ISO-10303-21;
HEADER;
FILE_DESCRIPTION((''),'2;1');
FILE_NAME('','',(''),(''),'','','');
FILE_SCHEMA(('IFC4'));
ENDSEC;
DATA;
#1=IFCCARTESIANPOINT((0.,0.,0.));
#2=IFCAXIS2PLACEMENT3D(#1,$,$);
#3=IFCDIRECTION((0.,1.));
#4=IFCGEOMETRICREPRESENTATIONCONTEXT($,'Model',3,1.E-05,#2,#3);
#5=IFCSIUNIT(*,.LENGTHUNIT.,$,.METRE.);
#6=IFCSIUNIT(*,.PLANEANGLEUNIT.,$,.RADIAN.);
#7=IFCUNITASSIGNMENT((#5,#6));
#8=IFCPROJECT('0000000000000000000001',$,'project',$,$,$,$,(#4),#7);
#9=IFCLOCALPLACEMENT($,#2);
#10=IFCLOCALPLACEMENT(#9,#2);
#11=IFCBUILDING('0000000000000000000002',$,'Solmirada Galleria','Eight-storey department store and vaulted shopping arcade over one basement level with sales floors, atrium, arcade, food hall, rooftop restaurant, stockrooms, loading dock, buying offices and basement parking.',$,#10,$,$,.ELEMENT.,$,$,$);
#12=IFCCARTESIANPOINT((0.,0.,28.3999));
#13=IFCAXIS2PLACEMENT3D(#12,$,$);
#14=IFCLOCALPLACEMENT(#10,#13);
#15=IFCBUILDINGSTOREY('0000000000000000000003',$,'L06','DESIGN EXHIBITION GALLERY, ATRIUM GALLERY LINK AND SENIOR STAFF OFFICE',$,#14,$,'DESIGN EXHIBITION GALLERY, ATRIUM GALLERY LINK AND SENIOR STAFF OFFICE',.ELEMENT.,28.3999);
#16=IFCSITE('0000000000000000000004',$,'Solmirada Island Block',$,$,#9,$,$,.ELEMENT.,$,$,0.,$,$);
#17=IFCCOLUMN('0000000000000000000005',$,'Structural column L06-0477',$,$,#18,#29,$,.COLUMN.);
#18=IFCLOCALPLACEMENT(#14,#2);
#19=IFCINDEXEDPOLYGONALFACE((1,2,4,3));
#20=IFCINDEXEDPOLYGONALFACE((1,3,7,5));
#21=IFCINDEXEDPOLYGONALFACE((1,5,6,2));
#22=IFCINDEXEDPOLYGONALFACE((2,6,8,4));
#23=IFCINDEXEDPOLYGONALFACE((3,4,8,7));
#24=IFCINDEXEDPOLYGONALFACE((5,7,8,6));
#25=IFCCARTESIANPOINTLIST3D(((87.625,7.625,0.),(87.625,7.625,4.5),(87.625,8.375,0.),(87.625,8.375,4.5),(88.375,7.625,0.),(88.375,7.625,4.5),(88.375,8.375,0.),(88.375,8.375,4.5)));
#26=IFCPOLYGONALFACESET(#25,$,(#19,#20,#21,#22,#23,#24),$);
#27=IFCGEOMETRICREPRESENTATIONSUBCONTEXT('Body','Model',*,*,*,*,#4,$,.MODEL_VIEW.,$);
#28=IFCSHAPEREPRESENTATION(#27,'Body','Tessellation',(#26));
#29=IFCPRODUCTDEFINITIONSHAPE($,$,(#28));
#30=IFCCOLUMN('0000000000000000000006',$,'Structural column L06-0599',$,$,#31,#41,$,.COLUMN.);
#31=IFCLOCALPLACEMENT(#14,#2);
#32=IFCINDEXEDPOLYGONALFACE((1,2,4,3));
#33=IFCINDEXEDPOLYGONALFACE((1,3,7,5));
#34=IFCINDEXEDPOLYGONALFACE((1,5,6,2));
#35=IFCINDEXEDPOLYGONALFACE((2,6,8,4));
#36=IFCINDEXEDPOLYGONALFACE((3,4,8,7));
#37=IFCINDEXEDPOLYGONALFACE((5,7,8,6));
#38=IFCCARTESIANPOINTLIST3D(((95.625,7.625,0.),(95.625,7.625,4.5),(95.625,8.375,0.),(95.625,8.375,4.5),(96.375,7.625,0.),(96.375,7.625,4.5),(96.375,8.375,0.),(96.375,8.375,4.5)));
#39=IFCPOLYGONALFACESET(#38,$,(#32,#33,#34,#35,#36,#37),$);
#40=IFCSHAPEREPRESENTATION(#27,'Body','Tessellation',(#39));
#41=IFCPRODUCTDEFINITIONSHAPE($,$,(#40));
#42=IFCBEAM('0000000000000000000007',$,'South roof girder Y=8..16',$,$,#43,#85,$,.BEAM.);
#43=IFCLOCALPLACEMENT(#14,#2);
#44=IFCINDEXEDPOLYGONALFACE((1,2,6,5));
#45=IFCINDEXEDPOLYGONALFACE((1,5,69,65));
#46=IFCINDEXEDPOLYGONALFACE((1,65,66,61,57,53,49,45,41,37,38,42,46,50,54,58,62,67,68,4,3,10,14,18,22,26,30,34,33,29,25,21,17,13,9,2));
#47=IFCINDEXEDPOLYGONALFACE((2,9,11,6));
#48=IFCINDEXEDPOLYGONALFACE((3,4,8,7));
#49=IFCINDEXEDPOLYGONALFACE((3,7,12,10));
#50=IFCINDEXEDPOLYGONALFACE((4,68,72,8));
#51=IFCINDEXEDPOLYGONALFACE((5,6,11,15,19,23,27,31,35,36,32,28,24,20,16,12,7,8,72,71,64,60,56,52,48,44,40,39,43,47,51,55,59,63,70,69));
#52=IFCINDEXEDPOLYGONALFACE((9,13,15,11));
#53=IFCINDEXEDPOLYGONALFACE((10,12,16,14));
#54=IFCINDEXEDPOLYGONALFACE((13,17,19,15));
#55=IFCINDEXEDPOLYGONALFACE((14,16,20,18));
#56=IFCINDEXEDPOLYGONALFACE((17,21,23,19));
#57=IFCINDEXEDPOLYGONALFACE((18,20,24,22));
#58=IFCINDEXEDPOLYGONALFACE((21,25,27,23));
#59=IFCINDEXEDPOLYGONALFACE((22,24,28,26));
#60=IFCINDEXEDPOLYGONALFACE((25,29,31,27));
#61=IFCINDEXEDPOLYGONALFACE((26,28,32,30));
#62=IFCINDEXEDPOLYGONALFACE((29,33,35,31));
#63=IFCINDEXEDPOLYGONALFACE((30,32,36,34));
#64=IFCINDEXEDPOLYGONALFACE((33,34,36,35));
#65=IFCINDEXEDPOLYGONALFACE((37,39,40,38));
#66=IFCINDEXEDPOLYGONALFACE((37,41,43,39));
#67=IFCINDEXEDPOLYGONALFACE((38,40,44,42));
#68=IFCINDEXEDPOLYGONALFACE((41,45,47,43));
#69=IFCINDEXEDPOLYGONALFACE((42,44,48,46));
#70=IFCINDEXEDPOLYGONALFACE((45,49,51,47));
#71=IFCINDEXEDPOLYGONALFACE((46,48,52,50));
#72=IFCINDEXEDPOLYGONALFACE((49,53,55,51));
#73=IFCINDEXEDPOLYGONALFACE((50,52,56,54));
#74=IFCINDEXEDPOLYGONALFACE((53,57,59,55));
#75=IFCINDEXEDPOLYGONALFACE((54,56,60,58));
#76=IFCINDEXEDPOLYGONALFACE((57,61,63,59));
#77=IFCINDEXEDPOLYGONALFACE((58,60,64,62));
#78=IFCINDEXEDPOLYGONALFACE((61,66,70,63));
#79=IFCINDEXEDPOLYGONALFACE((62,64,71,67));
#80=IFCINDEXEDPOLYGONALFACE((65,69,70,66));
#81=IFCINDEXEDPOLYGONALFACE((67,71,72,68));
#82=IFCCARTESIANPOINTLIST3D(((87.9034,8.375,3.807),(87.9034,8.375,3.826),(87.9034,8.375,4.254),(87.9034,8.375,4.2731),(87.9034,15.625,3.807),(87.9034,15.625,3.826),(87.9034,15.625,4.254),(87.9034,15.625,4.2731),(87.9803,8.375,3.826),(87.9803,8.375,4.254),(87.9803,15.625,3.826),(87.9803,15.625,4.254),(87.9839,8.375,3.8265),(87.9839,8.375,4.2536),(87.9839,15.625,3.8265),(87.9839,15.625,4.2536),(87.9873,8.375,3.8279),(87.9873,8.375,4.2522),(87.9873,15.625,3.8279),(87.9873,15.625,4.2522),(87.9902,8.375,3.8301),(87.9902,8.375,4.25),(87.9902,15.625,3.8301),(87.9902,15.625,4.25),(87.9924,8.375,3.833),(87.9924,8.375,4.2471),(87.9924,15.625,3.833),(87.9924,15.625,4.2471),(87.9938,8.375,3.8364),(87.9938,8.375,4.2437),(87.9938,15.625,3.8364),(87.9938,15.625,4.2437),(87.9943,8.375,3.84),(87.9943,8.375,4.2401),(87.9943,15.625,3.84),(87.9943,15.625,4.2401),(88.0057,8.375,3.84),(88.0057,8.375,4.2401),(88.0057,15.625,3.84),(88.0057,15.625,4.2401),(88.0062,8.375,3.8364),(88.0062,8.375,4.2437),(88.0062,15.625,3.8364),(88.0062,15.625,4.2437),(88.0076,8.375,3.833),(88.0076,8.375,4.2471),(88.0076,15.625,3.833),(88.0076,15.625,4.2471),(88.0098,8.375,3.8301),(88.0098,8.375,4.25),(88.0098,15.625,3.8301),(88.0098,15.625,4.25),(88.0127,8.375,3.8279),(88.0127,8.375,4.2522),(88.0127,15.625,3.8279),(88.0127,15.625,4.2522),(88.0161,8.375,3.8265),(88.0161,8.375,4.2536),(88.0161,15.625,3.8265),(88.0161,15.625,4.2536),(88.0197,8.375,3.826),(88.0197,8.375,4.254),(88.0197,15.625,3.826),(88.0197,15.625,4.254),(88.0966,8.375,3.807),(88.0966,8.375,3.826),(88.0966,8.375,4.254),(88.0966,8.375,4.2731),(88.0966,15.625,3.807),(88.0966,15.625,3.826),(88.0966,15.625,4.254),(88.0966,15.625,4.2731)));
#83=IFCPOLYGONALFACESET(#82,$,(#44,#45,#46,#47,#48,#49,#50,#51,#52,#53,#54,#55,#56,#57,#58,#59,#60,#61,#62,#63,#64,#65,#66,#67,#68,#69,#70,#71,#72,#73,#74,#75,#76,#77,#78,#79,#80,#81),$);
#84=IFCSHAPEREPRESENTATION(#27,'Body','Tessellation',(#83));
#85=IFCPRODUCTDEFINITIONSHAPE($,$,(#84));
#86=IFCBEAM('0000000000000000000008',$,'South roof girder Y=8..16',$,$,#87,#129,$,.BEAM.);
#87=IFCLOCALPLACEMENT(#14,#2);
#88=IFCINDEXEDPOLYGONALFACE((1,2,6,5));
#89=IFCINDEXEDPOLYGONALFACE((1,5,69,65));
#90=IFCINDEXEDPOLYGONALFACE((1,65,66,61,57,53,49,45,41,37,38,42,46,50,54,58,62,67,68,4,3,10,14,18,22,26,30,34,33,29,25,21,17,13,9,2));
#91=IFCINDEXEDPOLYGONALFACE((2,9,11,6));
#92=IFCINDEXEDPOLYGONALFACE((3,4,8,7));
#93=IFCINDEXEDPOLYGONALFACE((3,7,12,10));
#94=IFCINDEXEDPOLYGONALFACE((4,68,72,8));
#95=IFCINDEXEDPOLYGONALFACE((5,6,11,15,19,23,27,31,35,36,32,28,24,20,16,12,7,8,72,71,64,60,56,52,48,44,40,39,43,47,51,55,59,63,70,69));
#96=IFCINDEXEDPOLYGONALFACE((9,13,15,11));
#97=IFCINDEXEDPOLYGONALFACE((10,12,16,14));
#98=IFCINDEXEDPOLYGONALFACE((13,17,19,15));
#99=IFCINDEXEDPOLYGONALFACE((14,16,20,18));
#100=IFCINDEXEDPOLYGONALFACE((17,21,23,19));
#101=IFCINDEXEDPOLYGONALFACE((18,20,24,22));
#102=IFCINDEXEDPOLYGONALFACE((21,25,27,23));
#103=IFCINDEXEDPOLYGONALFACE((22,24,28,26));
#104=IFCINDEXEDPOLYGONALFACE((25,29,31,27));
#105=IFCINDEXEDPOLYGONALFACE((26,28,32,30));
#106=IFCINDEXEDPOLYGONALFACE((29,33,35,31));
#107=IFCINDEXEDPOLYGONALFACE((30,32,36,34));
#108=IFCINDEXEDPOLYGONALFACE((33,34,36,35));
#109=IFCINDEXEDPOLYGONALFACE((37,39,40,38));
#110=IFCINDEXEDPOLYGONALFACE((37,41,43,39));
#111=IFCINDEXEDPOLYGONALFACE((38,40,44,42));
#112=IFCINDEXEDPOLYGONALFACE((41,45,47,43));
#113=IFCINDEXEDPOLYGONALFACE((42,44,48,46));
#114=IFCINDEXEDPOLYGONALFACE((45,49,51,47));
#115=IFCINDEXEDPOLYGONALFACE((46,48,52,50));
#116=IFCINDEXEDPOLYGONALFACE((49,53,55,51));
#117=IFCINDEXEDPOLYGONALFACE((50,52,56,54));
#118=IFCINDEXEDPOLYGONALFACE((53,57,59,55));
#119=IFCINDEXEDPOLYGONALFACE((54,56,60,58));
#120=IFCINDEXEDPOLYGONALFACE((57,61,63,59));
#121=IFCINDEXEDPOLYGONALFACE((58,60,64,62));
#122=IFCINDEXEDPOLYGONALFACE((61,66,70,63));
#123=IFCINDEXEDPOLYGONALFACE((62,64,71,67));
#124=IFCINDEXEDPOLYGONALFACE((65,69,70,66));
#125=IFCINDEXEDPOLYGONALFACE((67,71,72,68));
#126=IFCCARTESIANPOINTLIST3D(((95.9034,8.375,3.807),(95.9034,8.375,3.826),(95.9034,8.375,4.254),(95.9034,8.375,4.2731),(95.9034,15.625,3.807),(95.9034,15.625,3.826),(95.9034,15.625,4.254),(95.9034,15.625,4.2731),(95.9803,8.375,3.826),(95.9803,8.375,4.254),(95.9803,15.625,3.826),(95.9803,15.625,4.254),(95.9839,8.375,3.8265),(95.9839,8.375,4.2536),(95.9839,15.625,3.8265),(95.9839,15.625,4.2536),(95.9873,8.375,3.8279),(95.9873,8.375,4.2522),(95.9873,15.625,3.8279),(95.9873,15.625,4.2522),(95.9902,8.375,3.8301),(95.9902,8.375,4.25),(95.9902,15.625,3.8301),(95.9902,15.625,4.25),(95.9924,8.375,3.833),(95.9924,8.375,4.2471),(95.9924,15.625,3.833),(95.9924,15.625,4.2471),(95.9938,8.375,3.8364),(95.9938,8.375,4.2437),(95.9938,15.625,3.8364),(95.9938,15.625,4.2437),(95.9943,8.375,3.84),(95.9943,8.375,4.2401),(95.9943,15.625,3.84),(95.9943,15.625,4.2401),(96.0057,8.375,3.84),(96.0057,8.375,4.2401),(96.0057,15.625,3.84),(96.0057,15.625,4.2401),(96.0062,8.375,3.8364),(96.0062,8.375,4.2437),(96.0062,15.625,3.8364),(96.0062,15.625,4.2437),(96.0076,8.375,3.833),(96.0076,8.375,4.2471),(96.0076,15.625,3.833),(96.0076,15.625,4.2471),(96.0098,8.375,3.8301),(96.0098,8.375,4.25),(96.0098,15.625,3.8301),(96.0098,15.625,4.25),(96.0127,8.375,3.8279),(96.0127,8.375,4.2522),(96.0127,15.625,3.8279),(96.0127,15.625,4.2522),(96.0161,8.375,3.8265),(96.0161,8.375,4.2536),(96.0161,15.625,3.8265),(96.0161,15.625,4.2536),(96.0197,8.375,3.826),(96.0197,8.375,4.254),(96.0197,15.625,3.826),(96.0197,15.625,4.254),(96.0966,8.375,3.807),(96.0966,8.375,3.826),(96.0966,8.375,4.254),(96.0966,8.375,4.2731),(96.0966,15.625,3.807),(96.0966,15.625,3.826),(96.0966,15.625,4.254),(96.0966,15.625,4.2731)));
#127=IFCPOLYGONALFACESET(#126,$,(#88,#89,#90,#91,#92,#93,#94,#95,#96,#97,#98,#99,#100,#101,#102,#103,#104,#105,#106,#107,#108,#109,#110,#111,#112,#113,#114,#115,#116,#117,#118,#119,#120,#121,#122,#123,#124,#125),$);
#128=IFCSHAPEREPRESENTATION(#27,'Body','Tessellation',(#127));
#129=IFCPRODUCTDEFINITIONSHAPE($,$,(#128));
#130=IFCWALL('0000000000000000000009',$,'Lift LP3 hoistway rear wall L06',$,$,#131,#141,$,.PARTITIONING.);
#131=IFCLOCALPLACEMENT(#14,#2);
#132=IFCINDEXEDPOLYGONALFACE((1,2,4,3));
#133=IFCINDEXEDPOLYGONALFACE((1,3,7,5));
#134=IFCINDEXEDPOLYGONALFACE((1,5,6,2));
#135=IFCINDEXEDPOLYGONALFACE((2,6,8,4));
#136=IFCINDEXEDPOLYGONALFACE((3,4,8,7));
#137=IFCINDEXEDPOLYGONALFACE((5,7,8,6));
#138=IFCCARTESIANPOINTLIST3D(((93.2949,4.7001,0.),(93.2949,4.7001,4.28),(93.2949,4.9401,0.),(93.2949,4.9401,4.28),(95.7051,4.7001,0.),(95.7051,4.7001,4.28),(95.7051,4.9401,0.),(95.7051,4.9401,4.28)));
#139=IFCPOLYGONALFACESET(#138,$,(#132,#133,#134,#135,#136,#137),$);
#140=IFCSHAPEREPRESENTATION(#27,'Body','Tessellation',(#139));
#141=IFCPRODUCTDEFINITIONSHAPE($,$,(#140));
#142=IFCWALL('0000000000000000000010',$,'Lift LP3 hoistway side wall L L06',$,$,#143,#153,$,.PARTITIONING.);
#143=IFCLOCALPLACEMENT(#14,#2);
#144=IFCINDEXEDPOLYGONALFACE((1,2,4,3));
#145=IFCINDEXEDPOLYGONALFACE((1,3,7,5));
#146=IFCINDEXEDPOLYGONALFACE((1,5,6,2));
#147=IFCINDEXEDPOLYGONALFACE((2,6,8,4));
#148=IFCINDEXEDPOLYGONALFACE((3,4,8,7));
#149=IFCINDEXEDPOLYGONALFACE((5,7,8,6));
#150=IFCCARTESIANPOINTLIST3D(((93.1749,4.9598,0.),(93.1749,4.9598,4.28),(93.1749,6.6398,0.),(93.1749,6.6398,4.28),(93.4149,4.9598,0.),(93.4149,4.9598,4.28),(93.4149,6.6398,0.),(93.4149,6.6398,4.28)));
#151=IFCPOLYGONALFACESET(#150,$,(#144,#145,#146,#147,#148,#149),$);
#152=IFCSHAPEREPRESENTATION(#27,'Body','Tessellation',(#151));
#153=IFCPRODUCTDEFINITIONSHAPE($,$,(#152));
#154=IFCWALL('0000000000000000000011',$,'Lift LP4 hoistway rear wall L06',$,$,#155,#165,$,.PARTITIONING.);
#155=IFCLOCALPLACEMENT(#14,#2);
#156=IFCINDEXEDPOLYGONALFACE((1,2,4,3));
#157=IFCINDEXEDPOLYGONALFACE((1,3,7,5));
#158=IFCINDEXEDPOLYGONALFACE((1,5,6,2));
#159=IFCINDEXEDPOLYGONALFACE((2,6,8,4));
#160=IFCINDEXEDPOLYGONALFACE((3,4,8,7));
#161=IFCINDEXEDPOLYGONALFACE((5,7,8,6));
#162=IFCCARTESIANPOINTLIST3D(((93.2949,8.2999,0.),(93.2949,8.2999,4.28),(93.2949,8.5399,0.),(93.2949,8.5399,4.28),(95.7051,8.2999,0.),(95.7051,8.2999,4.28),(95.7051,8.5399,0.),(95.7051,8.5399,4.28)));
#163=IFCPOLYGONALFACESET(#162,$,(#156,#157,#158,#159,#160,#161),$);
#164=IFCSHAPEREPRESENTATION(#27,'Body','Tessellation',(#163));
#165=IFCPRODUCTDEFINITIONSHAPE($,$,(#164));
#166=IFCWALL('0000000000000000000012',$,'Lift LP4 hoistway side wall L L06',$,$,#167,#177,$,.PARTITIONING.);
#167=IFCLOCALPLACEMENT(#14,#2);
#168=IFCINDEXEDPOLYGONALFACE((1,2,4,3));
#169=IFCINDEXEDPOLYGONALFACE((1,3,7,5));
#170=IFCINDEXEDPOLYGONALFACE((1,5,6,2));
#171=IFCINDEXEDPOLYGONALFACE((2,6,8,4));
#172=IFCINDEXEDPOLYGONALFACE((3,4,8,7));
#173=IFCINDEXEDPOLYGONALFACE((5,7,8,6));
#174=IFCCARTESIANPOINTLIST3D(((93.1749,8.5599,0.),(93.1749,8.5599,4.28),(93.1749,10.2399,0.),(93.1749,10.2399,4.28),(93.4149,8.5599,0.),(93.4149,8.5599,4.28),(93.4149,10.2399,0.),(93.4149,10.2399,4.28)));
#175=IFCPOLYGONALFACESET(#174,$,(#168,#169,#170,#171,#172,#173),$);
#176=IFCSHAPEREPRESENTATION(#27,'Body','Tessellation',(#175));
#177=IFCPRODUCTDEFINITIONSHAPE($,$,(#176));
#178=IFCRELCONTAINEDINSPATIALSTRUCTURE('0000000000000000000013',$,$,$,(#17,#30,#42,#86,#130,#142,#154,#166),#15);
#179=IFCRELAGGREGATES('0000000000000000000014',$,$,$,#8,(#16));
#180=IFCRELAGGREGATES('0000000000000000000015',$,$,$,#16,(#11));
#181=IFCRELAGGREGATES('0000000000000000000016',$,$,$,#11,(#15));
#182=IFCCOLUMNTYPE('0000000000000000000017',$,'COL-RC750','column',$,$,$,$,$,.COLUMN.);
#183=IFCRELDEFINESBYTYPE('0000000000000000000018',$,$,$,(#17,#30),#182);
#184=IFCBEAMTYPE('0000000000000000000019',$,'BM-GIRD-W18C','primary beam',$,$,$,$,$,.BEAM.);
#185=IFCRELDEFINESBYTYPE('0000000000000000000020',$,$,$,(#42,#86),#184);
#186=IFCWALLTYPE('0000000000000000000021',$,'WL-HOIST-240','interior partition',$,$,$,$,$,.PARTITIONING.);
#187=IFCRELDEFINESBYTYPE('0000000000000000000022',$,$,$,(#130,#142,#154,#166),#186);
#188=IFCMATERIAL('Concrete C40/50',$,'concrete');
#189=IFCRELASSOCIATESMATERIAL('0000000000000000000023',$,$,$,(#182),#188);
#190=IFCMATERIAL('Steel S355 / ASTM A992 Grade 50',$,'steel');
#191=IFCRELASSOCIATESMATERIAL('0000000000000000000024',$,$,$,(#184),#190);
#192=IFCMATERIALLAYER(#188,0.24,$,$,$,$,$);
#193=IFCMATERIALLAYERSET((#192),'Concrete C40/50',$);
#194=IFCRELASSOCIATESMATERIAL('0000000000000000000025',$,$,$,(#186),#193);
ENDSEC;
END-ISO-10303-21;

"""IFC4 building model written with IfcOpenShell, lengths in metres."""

from ifc_helpers import new_model, si_unit, direction, frame, frame_2d, origin, origin_2d, place, context, subcontext, project, spatial, rectangle, i_section, extrude, material, layer, layer_set, material_profile, profile_set, type_object, element, save


model = new_model("IFC4")

# Units and contexts
model_context = context("Model", 3, precision=1e-05, world=origin(), true_north=direction((0.0, 1.0)))
body_context = subcontext(model_context, "Body", "Model", "MODEL_VIEW")
ifc_project = project(units=[si_unit("LENGTHUNIT", "METRE"), si_unit("PLANEANGLEUNIT", "RADIAN")], contexts=[model_context])

# Site, building, storey
site_placement = place(None, origin())
site = spatial("IfcSite", under=ifc_project, at=site_placement, Name="Solmirada Island Block", CompositionType="ELEMENT", RefElevation=0.0)
building_placement = place(site_placement, origin())
building = spatial("IfcBuilding", under=site, at=building_placement, Name="Solmirada Galleria", Description="Eight-storey department store and vaulted shopping arcade over one basement level with sales floors, atrium, arcade, food hall, rooftop restaurant, stockrooms, loading dock, buying offices and basement parking.", CompositionType="ELEMENT")
storey_placement = place(building_placement, frame((0.0, 0.0, 28.3999)))
storey = spatial("IfcBuildingStorey", under=building, at=storey_placement, Name="L06", Description="DESIGN EXHIBITION GALLERY, ATRIUM GALLERY LINK AND SENIOR STAFF OFFICE", LongName="DESIGN EXHIBITION GALLERY, ATRIUM GALLERY LINK AND SENIOR STAFF OFFICE", CompositionType="ELEMENT", Elevation=28.3999)

# Columns
ifc_material_1 = material(Name="Concrete C40/50", Category="concrete")
ifc_material_profile_1 = material_profile(ifc_material_1, rectangle(XDim=0.75, YDim=0.75, at=origin_2d()), Name="RC750X750")
ifc_profile_set_1 = profile_set([ifc_material_profile_1], Name="Concrete C40/50")
column_type = type_object("IfcColumnType", Name="COL-RC750", Description="column", PredefinedType="COLUMN", material=ifc_profile_set_1)
for number, where, z_axis, x_axis, name in (
    (1, (88.0, 8.0, 0.0), (0.0, 0.0, 1.0), (1.0, 0.0, 0.0), "Structural column L06-0477"),
    (2, (96.0, 8.0, 0.0), (0.0, 0.0, 1.0), (1.0, 0.0, 0.0), "Structural column L06-0599"),
):
    element("IfcColumn", number, at=place(storey_placement, frame(where, z_axis=z_axis, x_axis=x_axis)), inside=storey, type_object=column_type, Name=name, PredefinedType="COLUMN", context=body_context, shape_type="SweptSolid", body=[
        extrude(rectangle(XDim=0.75, YDim=0.75, at=origin_2d()), origin(), (0.0, 0.0, 1.0), 4.5),
    ])

# Beams
ifc_material_2 = material(Name="Steel S355 / ASTM A992 Grade 50", Category="steel")
ifc_material_profile_2 = material_profile(ifc_material_2, i_section(OverallWidth=0.1931, OverallDepth=0.4661, WebThickness=0.0115, FlangeThickness=0.019, FilletRadius=0.0139, at=origin_2d()), Name="W18X65")
ifc_profile_set_2 = profile_set([ifc_material_profile_2], Name="Steel S355 / ASTM A992 Grade 50")
beam_type = type_object("IfcBeamType", Name="BM-GIRD-W18C", Description="primary beam", PredefinedType="BEAM", material=ifc_profile_set_2)
for number, where, z_axis, x_axis, name in (
    (3, (88.0, 8.375, 4.04), (0.0, 1.0, 0.0), (-1.0, 0.0, 0.0), "South roof girder Y=8..16"),
    (4, (96.0, 8.375, 4.04), (0.0, 1.0, 0.0), (-1.0, 0.0, 0.0), "South roof girder Y=8..16"),
):
    element("IfcBeam", number, at=place(storey_placement, frame(where, z_axis=z_axis, x_axis=x_axis)), inside=storey, type_object=beam_type, Name=name, PredefinedType="BEAM", context=body_context, shape_type="SweptSolid", body=[
        extrude(i_section(OverallWidth=0.1931, OverallDepth=0.4661, WebThickness=0.0115, FlangeThickness=0.019, FilletRadius=0.0139, at=origin_2d()), origin(), (0.0, 0.0, 1.0), 7.25),
    ])

# Shared definitions
ifc_layer_1 = layer(ifc_material_1, 0.24)
ifc_layer_set_1 = layer_set([ifc_layer_1], Name="Concrete C40/50")
wall_type_1 = type_object("IfcWallType", Name="WL-HOIST-240", Description="interior partition", PredefinedType="PARTITIONING", material=ifc_layer_set_1)

# Walls
wall_1_placement = place(storey_placement, frame((93.2949, 4.8201, 0.0), z_axis=(0.0, 0.0, 1.0), x_axis=(1.0, 0.0, 0.0)))
element("IfcWall", 5, at=wall_1_placement, inside=storey, type_object=wall_type_1, Name="Lift LP3 hoistway rear wall L06", PredefinedType="PARTITIONING", context=body_context, shape_type="SweptSolid", body=[
    extrude(rectangle(XDim=2.4102, YDim=0.24, at=frame_2d((1.2051, 0.0))), origin(), (0.0, 0.0, 1.0), 4.28),
])
wall_2_placement = place(storey_placement, frame((93.2949, 4.96, 0.0), z_axis=(0.0, 0.0, 1.0), x_axis=(0.0, 1.0, 0.0)))
element("IfcWall", 6, at=wall_2_placement, inside=storey, type_object=wall_type_1, Name="Lift LP3 hoistway side wall L L06", PredefinedType="PARTITIONING", context=body_context, shape_type="SweptSolid", body=[
    extrude(rectangle(XDim=1.6799, YDim=0.24, at=frame_2d((0.8398, 0.0))), origin(), (0.0, 0.0, 1.0), 4.28),
])

# Walls
wall_3_placement = place(storey_placement, frame((93.2949, 8.4199, 0.0), z_axis=(0.0, 0.0, 1.0), x_axis=(1.0, 0.0, 0.0)))
element("IfcWall", 7, at=wall_3_placement, inside=storey, type_object=wall_type_1, Name="Lift LP4 hoistway rear wall L06", PredefinedType="PARTITIONING", context=body_context, shape_type="SweptSolid", body=[
    extrude(rectangle(XDim=2.4102, YDim=0.24, at=frame_2d((1.2051, 0.0))), origin(), (0.0, 0.0, 1.0), 4.28),
])
wall_4_placement = place(storey_placement, frame((93.2949, 8.5601, 0.0), z_axis=(0.0, 0.0, 1.0), x_axis=(0.0, 1.0, 0.0)))
element("IfcWall", 8, at=wall_4_placement, inside=storey, type_object=wall_type_1, Name="Lift LP4 hoistway side wall L L06", PredefinedType="PARTITIONING", context=body_context, shape_type="SweptSolid", body=[
    extrude(rectangle(XDim=1.6799, YDim=0.24, at=frame_2d((0.8398, 0.0))), origin(), (0.0, 0.0, 1.0), 4.28),
])

save(model, "model.ifc")
